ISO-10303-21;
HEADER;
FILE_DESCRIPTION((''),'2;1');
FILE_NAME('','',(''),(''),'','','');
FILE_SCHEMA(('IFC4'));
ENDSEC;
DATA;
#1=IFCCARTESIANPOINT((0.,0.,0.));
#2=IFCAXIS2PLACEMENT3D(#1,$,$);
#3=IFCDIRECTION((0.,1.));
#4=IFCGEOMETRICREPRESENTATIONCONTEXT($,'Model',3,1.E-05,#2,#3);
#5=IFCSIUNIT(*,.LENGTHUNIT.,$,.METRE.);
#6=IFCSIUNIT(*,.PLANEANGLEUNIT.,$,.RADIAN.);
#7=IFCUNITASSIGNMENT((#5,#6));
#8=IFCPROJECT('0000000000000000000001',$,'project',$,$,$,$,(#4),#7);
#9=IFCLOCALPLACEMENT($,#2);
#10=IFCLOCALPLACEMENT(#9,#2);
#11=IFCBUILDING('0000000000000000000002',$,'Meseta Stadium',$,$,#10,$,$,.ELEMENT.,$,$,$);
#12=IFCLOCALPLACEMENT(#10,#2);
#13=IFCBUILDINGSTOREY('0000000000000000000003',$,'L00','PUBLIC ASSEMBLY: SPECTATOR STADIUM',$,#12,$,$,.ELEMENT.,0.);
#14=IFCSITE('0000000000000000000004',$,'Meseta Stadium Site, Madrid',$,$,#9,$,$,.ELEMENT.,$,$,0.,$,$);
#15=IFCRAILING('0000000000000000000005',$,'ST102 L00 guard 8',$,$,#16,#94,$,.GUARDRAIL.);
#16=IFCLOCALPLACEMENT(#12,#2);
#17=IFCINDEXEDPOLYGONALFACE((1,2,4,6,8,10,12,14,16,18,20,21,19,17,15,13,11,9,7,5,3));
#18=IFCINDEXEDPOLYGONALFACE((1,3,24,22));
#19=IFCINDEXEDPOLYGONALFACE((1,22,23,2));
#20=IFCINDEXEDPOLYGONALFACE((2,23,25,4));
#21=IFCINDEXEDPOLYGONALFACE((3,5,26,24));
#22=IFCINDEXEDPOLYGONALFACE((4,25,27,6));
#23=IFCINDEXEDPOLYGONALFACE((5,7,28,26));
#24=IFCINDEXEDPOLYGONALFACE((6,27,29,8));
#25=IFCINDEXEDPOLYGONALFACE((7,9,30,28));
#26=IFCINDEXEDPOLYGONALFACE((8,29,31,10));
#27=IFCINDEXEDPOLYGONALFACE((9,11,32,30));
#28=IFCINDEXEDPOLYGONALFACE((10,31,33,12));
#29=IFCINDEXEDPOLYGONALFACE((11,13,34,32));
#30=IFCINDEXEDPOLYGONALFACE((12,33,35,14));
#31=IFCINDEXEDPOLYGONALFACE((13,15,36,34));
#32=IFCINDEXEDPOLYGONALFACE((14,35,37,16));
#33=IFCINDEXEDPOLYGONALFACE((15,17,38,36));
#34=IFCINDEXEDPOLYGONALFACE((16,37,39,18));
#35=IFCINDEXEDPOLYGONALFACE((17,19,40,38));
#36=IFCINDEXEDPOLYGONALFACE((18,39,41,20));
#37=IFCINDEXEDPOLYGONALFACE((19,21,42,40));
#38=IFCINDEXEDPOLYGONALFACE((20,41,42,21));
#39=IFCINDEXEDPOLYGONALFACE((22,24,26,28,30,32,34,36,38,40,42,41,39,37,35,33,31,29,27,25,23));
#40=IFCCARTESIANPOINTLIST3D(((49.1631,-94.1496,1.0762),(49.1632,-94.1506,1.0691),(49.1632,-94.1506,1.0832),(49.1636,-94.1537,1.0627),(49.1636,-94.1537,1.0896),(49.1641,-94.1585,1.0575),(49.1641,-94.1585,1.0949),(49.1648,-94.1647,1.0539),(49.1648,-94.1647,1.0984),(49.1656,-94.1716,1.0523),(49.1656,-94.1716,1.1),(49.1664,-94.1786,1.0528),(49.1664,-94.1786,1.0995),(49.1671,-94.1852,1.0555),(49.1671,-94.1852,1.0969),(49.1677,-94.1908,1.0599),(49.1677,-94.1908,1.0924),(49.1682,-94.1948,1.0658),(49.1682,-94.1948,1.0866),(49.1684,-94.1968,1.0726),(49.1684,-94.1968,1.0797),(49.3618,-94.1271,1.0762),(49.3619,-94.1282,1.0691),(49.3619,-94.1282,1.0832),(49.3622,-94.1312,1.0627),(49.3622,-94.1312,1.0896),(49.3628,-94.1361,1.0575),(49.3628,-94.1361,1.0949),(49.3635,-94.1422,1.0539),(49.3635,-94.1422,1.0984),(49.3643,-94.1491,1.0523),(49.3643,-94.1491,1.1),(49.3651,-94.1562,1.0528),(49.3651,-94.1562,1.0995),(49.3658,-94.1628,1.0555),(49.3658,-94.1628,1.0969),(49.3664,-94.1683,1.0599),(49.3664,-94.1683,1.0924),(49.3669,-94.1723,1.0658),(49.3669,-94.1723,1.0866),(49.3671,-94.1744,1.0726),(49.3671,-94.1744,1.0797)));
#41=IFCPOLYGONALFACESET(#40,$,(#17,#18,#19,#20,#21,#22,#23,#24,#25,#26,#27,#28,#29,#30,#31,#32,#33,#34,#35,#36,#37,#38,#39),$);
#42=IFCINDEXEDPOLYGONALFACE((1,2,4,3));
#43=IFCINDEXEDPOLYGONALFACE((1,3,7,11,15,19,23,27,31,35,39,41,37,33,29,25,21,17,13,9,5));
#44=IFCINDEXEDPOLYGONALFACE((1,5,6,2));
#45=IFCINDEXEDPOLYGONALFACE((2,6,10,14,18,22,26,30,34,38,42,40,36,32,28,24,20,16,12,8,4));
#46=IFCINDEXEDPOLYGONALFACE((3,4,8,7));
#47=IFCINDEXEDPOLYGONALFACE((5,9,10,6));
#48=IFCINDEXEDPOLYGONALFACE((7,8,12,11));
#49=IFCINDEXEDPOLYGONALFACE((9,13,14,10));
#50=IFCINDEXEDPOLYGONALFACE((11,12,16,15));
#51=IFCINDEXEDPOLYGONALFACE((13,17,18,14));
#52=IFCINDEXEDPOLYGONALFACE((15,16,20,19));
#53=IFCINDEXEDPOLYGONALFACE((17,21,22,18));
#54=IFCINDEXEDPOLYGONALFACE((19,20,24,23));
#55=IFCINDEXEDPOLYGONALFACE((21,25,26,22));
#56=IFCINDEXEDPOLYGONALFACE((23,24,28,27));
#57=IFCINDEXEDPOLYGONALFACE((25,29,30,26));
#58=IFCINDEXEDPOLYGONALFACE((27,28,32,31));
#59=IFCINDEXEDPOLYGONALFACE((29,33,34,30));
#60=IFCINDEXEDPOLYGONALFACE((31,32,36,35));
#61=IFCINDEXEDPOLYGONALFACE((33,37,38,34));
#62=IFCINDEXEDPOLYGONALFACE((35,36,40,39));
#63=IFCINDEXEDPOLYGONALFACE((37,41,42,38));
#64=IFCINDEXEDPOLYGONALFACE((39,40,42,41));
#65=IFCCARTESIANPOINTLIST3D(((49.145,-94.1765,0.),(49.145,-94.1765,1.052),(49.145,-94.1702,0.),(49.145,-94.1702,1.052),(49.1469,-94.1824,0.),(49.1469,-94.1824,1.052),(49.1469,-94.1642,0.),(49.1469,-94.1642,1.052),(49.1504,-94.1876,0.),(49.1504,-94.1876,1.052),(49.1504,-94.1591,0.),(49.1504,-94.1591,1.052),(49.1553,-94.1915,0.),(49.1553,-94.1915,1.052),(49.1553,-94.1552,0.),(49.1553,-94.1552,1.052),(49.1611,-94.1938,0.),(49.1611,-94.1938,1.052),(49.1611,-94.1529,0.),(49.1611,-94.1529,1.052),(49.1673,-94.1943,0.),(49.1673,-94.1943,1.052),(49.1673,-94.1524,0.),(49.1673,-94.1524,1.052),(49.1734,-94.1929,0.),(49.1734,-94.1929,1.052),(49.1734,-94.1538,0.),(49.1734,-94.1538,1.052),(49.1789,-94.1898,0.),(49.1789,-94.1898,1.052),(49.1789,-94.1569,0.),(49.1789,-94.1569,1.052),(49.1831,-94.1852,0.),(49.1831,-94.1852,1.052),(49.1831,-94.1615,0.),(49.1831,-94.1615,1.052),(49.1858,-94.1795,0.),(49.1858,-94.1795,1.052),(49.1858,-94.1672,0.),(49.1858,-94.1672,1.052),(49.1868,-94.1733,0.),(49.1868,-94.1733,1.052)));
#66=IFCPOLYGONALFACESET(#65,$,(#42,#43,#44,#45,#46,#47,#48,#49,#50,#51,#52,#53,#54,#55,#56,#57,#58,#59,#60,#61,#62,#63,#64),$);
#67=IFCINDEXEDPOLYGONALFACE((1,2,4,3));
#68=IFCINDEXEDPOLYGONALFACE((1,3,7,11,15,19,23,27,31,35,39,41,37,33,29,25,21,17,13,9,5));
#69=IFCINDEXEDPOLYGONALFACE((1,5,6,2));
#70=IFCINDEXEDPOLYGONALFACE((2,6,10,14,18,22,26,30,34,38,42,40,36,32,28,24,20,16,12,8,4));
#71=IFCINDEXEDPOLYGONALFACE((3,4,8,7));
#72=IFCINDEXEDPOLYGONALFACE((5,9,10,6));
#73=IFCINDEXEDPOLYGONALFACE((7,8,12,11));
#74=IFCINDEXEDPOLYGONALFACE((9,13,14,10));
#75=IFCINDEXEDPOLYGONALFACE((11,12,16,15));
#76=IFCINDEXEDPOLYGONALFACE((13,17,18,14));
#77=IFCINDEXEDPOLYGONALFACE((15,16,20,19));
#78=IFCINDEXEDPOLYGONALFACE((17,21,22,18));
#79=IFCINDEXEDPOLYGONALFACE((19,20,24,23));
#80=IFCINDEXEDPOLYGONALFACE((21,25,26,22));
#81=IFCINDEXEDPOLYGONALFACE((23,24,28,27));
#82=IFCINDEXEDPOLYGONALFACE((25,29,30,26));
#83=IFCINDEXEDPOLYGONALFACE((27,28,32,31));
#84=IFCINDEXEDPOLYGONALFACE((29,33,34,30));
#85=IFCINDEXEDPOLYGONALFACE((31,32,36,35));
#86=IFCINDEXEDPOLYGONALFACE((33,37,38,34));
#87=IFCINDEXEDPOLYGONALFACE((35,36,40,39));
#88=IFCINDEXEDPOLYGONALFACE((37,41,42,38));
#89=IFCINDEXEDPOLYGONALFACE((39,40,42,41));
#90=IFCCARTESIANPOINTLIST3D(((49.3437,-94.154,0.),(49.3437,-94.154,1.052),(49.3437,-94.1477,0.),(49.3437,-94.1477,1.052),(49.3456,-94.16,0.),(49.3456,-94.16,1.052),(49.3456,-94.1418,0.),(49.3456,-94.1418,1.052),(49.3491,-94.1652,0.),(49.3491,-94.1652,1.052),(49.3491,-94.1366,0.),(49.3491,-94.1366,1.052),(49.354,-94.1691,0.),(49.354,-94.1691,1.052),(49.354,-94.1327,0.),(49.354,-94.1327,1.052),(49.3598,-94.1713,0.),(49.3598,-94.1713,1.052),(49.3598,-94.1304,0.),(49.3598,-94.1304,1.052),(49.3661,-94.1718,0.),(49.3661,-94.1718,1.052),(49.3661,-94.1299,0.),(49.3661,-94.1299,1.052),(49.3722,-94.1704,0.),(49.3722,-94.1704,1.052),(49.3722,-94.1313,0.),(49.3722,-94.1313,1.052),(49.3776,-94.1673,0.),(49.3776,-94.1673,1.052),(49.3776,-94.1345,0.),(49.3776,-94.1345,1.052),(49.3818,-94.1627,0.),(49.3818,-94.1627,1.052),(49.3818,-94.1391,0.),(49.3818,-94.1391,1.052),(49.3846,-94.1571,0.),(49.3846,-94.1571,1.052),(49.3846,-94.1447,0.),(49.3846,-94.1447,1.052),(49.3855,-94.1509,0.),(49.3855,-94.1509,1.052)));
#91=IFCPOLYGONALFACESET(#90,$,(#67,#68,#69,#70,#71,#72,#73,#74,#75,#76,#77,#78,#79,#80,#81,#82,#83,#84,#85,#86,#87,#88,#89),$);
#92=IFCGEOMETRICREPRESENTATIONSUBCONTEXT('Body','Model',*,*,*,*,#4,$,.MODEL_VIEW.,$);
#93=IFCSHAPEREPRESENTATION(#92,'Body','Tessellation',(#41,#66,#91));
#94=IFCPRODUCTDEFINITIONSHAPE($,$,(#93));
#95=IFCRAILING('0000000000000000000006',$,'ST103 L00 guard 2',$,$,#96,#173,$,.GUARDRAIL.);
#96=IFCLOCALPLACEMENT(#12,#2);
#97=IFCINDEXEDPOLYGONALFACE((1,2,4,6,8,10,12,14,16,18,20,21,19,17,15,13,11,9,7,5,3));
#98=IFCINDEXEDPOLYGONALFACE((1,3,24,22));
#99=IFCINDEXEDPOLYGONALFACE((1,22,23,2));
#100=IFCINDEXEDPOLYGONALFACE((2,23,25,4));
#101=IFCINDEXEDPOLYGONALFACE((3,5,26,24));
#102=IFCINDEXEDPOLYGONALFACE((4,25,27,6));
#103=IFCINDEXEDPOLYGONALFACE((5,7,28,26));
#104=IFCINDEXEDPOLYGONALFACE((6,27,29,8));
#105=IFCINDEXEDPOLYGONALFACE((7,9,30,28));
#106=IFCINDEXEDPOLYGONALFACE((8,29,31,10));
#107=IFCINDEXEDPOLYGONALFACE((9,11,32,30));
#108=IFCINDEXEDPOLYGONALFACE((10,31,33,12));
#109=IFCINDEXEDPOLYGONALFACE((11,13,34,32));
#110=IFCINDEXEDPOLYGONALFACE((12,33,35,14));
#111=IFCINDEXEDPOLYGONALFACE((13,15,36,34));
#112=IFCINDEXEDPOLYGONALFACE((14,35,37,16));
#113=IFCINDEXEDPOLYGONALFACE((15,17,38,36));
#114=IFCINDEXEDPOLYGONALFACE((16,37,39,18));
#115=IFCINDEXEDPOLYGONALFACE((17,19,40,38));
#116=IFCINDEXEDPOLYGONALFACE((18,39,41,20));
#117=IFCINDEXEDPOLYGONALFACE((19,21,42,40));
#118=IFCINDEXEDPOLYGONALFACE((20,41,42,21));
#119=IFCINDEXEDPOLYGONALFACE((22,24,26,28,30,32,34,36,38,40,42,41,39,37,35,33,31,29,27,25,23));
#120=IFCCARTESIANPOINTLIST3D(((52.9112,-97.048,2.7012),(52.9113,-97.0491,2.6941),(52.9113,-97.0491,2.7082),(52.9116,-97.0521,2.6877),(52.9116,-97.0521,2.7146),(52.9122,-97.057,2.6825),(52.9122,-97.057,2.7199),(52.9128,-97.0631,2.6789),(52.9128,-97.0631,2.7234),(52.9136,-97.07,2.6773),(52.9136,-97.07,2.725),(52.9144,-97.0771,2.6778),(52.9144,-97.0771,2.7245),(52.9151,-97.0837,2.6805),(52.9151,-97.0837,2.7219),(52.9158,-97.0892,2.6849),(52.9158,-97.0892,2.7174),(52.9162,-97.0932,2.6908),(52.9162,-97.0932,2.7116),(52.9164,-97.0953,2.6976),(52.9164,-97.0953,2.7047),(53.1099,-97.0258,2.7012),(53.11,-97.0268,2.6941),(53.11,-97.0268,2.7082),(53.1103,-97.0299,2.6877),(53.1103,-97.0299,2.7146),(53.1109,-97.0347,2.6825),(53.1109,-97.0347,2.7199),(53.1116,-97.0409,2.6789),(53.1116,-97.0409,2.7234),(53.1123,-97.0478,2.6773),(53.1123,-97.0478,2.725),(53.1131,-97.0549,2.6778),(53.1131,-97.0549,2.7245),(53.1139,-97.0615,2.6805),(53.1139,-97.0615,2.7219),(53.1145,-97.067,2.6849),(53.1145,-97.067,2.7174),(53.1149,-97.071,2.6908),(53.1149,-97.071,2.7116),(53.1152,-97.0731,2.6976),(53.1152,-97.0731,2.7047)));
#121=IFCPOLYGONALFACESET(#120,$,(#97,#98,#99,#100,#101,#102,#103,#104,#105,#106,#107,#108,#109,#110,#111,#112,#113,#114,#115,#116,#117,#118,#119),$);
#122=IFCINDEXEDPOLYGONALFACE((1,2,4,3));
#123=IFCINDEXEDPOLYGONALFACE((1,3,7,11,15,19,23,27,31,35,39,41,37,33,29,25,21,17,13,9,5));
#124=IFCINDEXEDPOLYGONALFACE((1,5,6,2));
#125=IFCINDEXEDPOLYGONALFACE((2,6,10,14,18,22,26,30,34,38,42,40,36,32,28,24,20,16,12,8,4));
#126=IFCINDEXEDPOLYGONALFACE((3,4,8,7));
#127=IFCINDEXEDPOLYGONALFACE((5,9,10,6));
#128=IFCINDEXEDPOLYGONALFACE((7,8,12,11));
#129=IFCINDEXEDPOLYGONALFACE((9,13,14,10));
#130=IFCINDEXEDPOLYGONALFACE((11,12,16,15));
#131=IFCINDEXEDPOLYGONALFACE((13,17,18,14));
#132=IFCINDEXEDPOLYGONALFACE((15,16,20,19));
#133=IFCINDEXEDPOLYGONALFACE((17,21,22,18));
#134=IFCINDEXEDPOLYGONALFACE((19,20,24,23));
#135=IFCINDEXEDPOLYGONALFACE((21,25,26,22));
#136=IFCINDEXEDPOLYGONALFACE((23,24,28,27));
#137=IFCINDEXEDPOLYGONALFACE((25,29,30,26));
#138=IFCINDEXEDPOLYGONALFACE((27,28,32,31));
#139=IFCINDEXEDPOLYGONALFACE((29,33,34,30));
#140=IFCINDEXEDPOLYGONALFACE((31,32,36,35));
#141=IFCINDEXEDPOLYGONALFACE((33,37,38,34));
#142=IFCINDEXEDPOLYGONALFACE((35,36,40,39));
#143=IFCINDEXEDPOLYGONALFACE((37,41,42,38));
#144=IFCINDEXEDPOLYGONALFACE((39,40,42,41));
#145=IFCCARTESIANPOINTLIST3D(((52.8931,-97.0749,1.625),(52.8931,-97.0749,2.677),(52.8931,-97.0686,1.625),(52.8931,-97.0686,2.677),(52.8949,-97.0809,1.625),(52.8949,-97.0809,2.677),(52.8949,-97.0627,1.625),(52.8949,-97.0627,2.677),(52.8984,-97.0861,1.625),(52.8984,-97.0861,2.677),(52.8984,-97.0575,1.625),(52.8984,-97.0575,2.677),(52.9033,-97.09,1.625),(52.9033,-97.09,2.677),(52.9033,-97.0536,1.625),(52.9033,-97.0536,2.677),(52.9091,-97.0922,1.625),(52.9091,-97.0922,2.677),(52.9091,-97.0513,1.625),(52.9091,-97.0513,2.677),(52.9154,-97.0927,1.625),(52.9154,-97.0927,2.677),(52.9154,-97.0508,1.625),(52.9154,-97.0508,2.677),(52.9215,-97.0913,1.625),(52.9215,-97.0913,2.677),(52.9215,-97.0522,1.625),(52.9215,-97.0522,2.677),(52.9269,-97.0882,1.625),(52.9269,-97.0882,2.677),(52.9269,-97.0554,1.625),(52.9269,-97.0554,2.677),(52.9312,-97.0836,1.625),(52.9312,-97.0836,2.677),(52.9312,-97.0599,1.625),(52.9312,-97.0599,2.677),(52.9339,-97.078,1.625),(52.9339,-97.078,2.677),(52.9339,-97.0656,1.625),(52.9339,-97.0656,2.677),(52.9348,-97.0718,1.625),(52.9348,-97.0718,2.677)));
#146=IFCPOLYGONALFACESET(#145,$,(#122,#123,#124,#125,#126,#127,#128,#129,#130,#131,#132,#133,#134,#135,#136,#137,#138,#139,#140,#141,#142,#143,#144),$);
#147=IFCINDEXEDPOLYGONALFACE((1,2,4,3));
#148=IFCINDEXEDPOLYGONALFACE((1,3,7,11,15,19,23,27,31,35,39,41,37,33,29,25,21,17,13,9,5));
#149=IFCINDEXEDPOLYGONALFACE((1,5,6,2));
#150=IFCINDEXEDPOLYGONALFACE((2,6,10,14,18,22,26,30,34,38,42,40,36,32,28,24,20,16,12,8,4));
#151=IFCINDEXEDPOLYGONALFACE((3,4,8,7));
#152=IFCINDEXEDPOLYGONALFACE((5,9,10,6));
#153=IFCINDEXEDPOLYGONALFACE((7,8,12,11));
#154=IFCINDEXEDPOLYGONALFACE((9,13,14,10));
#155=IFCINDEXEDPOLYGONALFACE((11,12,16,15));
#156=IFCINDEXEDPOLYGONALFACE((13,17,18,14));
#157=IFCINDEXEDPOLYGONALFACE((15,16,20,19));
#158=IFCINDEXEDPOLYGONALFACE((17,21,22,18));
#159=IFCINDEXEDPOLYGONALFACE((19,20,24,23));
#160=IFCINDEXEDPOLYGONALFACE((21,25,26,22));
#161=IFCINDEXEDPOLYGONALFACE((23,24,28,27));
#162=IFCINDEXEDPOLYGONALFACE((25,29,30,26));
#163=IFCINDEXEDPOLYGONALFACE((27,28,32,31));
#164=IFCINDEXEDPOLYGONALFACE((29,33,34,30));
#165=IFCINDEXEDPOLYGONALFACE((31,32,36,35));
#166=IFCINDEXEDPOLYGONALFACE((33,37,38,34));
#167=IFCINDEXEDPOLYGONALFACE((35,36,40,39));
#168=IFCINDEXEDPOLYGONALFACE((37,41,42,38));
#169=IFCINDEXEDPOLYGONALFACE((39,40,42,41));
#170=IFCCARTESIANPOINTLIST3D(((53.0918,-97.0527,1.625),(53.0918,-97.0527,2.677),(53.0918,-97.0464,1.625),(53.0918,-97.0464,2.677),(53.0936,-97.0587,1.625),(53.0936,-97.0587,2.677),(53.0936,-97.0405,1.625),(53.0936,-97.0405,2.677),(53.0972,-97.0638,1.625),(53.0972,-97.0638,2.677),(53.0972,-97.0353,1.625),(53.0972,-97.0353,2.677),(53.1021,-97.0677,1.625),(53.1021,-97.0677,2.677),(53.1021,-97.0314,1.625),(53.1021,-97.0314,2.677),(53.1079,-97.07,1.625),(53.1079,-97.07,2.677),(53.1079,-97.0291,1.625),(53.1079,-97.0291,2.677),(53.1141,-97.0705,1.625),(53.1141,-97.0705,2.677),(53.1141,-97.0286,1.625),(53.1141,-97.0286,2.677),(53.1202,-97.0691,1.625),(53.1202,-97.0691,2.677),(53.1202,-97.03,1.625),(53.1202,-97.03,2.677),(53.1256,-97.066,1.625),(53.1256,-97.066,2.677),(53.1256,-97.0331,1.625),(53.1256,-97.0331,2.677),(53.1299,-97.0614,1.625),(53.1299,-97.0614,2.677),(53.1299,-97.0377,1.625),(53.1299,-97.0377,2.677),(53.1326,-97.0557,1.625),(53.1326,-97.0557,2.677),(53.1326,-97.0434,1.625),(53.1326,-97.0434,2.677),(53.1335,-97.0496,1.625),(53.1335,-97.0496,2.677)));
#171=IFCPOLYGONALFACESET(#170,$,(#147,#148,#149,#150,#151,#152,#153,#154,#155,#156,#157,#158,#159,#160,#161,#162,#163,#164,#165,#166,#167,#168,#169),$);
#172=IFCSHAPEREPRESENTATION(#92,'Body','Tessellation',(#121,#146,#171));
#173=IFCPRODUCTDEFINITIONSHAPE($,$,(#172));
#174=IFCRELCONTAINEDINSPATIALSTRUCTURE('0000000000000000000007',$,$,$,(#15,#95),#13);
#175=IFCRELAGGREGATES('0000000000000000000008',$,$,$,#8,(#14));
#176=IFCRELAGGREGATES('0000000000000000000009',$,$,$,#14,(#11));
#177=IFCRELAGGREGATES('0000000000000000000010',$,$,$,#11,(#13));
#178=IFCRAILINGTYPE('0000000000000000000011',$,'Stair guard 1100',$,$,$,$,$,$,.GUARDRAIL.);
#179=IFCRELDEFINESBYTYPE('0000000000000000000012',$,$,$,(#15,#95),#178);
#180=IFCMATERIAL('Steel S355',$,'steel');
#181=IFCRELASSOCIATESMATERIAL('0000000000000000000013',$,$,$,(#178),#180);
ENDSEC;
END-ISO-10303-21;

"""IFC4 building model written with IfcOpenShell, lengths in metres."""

from ifc_helpers import new_model, si_unit, direction, frame, origin, origin_2d, place, context, subcontext, project, spatial, circle, extrude, material, type_object, element, save


model = new_model("IFC4")

# Units and contexts
model_context = context("Model", 3, precision=1e-05, world=origin(), true_north=direction((0.0, 1.0)))
body_context = subcontext(model_context, "Body", "Model", "MODEL_VIEW")
ifc_project = project(units=[si_unit("LENGTHUNIT", "METRE"), si_unit("PLANEANGLEUNIT", "RADIAN")], contexts=[model_context])

# Site, building, storey
site_placement = place(None, origin())
site = spatial("IfcSite", under=ifc_project, at=site_placement, Name="Meseta Stadium Site, Madrid", CompositionType="ELEMENT", RefElevation=0.0)
building_placement = place(site_placement, origin())
building = spatial("IfcBuilding", under=site, at=building_placement, Name="Meseta Stadium", CompositionType="ELEMENT")
storey_placement = place(building_placement, origin())
storey = spatial("IfcBuildingStorey", under=building, at=storey_placement, Name="L00", Description="PUBLIC ASSEMBLY: SPECTATOR STADIUM", CompositionType="ELEMENT", Elevation=0.0)

# Railings
ifc_material_1 = material(Name="Steel S355", Category="steel")
railing_type_1 = type_object("IfcRailingType", Name="Stair guard 1100", PredefinedType="GUARDRAIL", material=ifc_material_1)
railing_1_placement = place(storey_placement, frame((49.1658, -94.1733, 0.0)))
element("IfcRailing", 1, at=railing_1_placement, inside=storey, type_object=railing_type_1, Name="ST102 L00 guard 8", PredefinedType="GUARDRAIL", context=body_context, shape_type="SweptSolid", body=[
    extrude(circle(Radius=0.0239, at=origin_2d()), frame((0.0, 0.0, 1.0762), z_axis=(0.993674, 0.112307, 0.0), x_axis=(-0.112307, 0.993674, 0.0)), (0.0, 0.0, 1.0), 0.2),
    extrude(circle(Radius=0.021, at=origin_2d()), origin(), (0.0, 0.0, 1.0), 1.052),
    extrude(circle(Radius=0.021, at=origin_2d()), frame((0.1987, 0.0225, 0.0)), (0.0, 0.0, 1.0), 1.052),
])
for number, where, name in (
    (2, (52.9138, -97.0718, 1.625), "ST103 L00 guard 2"),
):
    element("IfcRailing", number, at=place(storey_placement, frame(where)), inside=storey, type_object=railing_type_1, Name=name, PredefinedType="GUARDRAIL", context=body_context, shape_type="SweptSolid", body=[
        extrude(circle(Radius=0.0239, at=origin_2d()), frame((0.0, 0.0, 1.0762), z_axis=(0.993809, 0.111102, 0.0), x_axis=(-0.111102, 0.993809, 0.0)), (0.0, 0.0, 1.0), 0.2),
        extrude(circle(Radius=0.021, at=origin_2d()), origin(), (0.0, 0.0, 1.0), 1.052),
        extrude(circle(Radius=0.021, at=origin_2d()), frame((0.1987, 0.0222, 0.0)), (0.0, 0.0, 1.0), 1.052),
    ])

save(model, "model.ifc")
